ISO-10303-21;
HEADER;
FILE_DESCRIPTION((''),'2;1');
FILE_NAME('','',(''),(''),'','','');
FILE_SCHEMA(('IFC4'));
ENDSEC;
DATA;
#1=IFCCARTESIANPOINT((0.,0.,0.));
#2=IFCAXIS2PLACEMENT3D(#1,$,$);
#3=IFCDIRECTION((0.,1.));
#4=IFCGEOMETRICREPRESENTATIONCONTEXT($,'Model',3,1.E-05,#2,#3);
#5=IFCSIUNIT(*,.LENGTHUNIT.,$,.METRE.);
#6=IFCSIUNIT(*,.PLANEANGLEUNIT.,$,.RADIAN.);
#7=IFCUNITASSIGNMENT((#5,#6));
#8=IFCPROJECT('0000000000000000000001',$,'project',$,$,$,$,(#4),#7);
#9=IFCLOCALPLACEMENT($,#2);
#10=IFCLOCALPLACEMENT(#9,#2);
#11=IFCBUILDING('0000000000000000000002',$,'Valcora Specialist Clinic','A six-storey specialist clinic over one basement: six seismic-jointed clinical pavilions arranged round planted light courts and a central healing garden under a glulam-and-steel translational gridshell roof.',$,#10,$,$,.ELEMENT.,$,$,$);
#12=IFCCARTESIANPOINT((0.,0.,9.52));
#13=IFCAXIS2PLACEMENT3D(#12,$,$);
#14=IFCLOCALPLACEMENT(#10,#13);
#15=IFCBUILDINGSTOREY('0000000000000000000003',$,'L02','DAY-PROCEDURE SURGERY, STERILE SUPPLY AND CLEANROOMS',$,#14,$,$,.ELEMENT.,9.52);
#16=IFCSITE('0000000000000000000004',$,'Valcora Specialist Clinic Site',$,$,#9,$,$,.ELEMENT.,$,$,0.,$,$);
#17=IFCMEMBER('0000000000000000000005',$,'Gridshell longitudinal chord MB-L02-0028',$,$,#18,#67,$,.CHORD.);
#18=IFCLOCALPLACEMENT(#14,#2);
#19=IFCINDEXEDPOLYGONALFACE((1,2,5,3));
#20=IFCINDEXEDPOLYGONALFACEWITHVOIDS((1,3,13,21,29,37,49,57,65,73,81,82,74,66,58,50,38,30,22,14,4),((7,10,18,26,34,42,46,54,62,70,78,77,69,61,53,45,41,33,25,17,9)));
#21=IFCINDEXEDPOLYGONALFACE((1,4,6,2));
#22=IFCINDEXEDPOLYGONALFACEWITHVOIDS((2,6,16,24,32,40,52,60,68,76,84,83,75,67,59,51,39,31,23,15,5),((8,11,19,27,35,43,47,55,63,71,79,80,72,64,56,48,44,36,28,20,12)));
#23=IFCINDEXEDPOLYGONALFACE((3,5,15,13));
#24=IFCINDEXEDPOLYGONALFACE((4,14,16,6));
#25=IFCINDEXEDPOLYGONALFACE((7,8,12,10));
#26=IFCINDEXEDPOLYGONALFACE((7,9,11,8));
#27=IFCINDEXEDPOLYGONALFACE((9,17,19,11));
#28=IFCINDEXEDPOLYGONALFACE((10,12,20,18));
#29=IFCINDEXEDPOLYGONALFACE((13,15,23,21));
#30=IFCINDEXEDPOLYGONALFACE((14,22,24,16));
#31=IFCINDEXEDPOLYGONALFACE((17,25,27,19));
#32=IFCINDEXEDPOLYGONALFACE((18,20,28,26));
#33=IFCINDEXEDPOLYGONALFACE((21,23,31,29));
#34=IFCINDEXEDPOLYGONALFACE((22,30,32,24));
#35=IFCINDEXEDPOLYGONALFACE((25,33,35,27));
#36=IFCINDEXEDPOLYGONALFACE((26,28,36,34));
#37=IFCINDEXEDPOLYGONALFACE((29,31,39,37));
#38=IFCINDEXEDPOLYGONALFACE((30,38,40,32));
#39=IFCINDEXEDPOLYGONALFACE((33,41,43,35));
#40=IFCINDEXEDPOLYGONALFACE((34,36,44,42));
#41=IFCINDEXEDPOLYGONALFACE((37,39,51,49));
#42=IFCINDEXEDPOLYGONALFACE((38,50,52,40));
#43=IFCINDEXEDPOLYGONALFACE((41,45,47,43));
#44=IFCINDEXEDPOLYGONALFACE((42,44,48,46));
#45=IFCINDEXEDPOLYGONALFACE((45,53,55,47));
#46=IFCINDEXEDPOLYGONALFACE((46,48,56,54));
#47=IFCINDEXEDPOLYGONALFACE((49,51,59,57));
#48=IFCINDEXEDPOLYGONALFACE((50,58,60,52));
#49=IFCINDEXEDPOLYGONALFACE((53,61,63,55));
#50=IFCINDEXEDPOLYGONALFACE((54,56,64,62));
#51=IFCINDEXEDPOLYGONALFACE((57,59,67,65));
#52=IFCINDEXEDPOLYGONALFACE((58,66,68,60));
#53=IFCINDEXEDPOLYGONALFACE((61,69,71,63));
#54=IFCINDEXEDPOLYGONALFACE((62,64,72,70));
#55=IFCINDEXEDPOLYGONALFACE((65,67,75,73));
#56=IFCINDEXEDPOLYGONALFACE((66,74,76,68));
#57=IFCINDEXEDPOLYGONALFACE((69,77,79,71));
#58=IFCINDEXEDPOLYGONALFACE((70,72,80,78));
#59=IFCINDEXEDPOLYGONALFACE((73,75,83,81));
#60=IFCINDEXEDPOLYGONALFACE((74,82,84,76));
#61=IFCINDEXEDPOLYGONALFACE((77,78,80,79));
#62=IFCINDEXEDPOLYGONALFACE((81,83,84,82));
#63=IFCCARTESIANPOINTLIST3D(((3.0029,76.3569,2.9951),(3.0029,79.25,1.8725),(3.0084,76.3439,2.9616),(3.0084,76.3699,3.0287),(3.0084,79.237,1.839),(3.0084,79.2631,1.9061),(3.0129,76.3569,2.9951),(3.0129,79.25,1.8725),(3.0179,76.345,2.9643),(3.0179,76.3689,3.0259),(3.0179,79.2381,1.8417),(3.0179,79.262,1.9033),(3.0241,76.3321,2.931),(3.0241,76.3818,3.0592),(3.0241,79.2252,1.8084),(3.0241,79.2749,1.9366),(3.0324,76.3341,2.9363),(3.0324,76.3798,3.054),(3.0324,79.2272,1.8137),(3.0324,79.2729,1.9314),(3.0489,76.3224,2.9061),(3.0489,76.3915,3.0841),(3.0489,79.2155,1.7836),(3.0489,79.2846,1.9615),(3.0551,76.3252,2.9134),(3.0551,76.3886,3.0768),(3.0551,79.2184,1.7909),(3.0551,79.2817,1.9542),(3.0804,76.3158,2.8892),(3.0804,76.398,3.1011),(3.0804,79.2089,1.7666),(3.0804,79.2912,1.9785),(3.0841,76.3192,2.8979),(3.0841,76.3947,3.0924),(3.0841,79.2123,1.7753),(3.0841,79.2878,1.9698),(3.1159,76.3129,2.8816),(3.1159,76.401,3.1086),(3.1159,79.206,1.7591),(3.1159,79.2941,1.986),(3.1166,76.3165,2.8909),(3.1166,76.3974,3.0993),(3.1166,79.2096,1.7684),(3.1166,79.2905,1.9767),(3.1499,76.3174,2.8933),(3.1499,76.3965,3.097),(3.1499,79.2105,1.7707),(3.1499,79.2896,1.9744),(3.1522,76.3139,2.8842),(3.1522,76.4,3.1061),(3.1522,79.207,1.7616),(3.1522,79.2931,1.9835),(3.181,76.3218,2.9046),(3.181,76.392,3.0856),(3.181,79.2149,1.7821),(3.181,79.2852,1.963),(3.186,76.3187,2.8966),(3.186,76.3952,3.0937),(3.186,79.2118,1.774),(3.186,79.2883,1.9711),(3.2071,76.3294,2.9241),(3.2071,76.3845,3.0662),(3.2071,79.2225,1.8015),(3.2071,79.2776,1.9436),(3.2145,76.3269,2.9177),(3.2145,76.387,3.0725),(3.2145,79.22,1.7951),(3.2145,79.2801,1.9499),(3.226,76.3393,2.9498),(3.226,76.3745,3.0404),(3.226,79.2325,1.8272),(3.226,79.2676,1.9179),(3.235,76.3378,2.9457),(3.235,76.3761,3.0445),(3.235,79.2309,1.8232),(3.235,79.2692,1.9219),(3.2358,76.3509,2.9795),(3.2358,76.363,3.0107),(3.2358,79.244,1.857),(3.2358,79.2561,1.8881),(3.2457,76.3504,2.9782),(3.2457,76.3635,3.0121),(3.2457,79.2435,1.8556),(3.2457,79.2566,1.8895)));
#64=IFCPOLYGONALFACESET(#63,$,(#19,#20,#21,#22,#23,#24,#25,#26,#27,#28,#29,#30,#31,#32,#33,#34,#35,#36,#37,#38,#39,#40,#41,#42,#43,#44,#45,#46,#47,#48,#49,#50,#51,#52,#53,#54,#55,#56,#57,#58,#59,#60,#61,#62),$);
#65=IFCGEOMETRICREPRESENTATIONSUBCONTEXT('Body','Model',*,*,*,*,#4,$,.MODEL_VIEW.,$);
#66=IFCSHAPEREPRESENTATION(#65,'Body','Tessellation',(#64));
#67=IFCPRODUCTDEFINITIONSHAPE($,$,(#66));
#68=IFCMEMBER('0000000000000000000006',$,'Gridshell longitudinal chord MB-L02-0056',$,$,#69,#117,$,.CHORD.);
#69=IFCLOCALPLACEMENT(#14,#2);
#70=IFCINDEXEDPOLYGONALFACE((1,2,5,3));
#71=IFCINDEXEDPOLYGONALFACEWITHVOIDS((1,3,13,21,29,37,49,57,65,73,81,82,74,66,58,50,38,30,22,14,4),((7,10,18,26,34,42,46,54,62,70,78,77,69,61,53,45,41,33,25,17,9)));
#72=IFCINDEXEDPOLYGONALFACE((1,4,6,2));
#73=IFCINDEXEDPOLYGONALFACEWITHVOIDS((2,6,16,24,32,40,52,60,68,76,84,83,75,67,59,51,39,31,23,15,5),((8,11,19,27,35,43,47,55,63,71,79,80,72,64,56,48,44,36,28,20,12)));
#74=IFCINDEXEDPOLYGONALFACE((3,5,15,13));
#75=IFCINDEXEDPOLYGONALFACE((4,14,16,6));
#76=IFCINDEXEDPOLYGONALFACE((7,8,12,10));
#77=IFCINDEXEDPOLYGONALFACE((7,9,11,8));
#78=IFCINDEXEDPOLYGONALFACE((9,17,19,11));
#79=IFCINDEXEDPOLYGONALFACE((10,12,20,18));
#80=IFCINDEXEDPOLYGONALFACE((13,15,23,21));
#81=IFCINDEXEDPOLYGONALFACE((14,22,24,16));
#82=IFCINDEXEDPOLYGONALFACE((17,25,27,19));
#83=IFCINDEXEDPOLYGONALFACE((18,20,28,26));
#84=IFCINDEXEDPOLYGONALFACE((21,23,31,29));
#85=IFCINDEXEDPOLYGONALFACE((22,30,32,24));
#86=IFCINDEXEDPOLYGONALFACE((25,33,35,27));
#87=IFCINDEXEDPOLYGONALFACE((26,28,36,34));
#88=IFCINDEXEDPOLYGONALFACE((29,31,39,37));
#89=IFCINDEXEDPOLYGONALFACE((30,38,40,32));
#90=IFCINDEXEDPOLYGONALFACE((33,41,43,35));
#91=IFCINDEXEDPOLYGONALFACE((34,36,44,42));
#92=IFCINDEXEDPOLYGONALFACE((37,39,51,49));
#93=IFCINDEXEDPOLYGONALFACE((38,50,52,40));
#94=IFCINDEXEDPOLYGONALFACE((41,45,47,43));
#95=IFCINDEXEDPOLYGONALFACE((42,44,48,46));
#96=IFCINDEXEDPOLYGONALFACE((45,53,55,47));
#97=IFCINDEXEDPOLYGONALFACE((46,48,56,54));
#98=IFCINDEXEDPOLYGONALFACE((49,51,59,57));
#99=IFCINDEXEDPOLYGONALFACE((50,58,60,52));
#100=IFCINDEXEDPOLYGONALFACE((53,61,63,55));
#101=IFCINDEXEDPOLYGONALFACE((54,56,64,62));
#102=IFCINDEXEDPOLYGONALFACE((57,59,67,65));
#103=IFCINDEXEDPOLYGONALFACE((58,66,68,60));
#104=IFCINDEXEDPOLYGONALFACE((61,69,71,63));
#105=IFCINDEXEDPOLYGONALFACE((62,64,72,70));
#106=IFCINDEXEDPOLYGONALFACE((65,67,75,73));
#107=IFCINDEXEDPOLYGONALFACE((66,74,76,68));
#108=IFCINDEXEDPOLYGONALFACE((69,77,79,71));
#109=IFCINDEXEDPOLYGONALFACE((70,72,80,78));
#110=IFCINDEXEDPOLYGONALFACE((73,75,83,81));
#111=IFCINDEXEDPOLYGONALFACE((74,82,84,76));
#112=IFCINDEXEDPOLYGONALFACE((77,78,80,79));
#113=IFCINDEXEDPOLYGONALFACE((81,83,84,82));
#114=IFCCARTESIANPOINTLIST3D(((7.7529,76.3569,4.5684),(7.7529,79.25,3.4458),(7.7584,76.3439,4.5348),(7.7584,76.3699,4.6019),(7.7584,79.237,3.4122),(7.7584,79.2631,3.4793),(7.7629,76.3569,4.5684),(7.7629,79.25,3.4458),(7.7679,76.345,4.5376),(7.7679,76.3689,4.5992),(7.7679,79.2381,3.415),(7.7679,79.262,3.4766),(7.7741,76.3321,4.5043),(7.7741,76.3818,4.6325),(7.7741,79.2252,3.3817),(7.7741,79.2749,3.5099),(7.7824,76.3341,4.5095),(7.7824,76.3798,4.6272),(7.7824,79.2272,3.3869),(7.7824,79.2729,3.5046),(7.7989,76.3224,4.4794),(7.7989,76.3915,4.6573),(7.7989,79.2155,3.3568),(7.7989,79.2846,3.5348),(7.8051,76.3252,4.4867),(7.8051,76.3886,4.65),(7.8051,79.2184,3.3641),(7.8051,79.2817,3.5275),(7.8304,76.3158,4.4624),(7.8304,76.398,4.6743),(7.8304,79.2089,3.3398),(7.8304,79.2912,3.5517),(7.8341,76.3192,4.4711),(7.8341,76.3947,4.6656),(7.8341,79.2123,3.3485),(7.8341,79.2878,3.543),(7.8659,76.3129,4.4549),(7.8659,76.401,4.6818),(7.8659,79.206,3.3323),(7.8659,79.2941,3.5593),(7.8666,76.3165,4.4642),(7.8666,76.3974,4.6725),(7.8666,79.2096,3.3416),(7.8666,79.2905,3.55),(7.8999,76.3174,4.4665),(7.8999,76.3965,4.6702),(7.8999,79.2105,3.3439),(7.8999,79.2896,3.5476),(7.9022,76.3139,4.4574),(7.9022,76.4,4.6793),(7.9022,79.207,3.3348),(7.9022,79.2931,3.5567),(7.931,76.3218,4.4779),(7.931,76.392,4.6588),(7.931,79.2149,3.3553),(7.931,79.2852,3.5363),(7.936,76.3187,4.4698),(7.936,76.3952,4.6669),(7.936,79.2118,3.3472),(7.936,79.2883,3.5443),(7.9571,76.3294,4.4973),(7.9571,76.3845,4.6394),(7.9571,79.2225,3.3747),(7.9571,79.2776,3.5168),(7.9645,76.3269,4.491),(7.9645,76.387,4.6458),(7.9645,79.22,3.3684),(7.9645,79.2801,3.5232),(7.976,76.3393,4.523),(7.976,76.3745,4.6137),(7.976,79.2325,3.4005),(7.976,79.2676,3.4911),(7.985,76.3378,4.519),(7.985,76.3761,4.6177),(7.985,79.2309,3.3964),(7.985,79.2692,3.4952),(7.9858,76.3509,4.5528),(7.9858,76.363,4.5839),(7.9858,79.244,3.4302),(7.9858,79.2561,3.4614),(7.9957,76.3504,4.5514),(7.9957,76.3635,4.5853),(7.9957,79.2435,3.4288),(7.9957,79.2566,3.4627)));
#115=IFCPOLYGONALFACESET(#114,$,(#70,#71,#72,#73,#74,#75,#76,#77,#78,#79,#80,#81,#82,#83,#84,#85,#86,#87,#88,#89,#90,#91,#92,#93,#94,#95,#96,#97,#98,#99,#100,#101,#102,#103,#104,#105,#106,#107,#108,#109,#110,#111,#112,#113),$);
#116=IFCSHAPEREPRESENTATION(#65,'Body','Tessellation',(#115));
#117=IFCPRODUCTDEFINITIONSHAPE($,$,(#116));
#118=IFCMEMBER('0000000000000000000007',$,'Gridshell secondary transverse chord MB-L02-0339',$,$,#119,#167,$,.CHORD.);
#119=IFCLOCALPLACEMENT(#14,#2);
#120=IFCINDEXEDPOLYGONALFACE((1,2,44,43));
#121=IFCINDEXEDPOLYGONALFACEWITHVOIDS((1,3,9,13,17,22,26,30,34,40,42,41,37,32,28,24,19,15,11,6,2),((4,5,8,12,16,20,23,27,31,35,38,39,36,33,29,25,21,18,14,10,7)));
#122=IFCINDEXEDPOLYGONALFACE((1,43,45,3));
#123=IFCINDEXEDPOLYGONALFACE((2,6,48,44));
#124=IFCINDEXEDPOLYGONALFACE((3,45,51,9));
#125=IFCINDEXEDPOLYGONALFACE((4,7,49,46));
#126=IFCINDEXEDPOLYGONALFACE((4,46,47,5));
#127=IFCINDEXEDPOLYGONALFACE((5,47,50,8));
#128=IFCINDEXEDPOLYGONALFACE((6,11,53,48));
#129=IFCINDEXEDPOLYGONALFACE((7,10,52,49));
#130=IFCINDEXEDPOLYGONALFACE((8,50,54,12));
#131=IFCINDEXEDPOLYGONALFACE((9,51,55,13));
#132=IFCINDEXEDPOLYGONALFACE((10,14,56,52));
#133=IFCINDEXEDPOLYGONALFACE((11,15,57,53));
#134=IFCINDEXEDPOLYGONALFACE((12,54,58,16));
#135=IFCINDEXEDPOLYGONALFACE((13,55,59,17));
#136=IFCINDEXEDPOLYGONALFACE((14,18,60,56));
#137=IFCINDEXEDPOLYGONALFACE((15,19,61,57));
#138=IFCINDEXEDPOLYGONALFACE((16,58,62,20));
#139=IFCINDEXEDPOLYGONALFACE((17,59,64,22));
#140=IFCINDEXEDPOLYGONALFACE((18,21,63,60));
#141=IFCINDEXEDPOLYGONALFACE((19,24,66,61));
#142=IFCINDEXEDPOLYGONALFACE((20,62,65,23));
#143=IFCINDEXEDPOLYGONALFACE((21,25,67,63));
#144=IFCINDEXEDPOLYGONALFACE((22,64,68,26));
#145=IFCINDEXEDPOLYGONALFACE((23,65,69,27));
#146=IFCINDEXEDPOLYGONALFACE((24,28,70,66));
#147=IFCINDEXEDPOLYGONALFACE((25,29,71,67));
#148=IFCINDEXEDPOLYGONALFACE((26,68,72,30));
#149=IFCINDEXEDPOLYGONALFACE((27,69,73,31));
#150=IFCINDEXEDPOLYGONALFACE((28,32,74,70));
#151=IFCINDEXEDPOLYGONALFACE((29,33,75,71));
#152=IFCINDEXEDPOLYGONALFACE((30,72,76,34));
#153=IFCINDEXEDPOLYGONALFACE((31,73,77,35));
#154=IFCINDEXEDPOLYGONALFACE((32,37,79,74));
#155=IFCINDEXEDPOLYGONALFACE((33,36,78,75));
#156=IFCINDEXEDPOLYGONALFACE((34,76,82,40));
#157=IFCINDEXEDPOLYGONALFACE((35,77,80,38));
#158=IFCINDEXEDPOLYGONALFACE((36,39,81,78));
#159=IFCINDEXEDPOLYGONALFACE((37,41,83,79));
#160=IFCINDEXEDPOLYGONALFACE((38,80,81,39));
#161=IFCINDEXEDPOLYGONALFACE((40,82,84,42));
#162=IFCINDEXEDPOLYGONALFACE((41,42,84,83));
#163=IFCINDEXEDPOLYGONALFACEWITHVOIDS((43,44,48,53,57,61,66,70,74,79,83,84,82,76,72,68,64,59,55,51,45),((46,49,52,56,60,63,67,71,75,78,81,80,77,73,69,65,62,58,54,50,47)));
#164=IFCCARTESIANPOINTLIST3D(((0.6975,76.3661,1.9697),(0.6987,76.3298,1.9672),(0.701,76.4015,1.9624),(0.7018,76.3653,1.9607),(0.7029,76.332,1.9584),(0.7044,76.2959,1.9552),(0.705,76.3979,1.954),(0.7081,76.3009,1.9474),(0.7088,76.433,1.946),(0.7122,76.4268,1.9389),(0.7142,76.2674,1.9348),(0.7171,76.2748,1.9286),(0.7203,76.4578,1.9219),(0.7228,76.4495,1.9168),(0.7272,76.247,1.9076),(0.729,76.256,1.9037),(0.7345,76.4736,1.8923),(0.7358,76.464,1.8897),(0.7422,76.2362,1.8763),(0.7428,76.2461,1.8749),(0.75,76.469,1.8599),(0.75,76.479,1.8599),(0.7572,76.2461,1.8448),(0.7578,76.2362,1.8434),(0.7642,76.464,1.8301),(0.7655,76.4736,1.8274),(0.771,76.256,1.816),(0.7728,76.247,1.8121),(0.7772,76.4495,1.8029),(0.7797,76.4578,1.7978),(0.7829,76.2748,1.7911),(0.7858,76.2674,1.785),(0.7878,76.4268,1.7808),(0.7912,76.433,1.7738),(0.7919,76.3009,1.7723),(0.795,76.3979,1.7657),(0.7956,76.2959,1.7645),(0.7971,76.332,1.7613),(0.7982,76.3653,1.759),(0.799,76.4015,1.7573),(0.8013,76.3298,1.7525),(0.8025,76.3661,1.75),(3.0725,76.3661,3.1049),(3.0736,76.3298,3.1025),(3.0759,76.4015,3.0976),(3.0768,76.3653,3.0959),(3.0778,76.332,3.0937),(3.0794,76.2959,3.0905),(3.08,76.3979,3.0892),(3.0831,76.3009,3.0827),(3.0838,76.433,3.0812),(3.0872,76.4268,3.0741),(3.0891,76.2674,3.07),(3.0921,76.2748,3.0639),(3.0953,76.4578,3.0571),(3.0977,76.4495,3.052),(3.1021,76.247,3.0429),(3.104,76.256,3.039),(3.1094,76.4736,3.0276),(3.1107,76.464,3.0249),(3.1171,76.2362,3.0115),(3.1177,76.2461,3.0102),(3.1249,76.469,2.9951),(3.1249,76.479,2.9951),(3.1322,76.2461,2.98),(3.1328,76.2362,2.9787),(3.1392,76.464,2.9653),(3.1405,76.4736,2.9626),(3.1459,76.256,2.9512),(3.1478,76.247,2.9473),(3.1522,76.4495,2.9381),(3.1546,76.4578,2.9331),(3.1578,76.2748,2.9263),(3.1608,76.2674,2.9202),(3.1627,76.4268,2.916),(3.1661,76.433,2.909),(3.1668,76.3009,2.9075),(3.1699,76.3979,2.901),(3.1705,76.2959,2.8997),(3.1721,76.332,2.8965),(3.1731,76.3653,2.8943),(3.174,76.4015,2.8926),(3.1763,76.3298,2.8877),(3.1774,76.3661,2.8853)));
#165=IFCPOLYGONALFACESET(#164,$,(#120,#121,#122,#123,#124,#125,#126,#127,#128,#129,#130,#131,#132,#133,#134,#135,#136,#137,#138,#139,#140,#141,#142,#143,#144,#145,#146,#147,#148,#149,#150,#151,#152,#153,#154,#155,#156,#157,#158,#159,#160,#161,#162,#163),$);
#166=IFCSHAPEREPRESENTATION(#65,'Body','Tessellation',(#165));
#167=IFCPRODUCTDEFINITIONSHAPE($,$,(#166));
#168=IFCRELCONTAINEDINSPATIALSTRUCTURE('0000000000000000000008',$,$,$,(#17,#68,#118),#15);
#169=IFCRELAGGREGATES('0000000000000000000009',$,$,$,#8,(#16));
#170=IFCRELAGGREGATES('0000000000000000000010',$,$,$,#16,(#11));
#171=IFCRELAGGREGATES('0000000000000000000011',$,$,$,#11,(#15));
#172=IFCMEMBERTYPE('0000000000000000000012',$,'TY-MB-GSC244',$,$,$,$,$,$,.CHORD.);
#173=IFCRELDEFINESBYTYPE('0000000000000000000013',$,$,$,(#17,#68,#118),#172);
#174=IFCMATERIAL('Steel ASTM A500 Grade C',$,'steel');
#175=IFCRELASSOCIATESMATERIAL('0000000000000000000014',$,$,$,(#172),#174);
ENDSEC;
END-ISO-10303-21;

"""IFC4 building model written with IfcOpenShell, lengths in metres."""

from ifc_helpers import new_model, si_unit, direction, frame, origin, origin_2d, place, context, subcontext, project, spatial, hollow_circle, extrude, material, material_profile, profile_set, type_object, element, save


model = new_model("IFC4")

# Units and contexts
model_context = context("Model", 3, precision=1e-05, world=origin(), true_north=direction((0.0, 1.0)))
body_context = subcontext(model_context, "Body", "Model", "MODEL_VIEW")
ifc_project = project(units=[si_unit("LENGTHUNIT", "METRE"), si_unit("PLANEANGLEUNIT", "RADIAN")], contexts=[model_context])

# Site, building, storey
site_placement = place(None, origin())
site = spatial("IfcSite", under=ifc_project, at=site_placement, Name="Valcora Specialist Clinic Site", CompositionType="ELEMENT", RefElevation=0.0)
building_placement = place(site_placement, origin())
building = spatial("IfcBuilding", under=site, at=building_placement, Name="Valcora Specialist Clinic", Description="A six-storey specialist clinic over one basement: six seismic-jointed clinical pavilions arranged round planted light courts and a central healing garden under a glulam-and-steel translational gridshell roof.", CompositionType="ELEMENT")
storey_placement = place(building_placement, frame((0.0, 0.0, 9.52)))
storey = spatial("IfcBuildingStorey", under=building, at=storey_placement, Name="L02", Description="DAY-PROCEDURE SURGERY, STERILE SUPPLY AND CLEANROOMS", CompositionType="ELEMENT", Elevation=9.52)

# Members
ifc_material_1 = material(Name="Steel ASTM A500 Grade C", Category="steel")
ifc_material_profile_1 = material_profile(ifc_material_1, hollow_circle(Radius=0.1221, WallThickness=0.01, at=origin_2d()), Name="ST-CHS-244X10")
ifc_profile_set_1 = profile_set([ifc_material_profile_1], Name="Steel ASTM A500 Grade C")
member_type_1 = type_object("IfcMemberType", Name="TY-MB-GSC244", PredefinedType="CHORD", material=ifc_profile_set_1)
for number, where, z_axis, x_axis, name in (
    (1, (3.125, 76.3569, 2.9951), (0.0, 0.932279, -0.36174), (-1.0, 0.0, 0.0), "Gridshell longitudinal chord MB-L02-0028"),
    (2, (7.875, 76.3569, 4.5684), (0.0, 0.932279, -0.36174), (-1.0, 0.0, 0.0), "Gridshell longitudinal chord MB-L02-0056"),
):
    element("IfcMember", number, at=place(storey_placement, frame(where, z_axis=z_axis, x_axis=x_axis)), inside=storey, type_object=member_type_1, Name=name, PredefinedType="CHORD", context=body_context, shape_type="SweptSolid", body=[
        extrude(hollow_circle(Radius=0.1221, WallThickness=0.01, at=origin_2d()), origin(), (0.0, 0.0, 1.0), 3.1033),
    ])
member_1_placement = place(storey_placement, frame((0.75, 76.3569, 1.8599), z_axis=(0.902225, 0.0, 0.431265), x_axis=(0.0, 1.0, 0.0)))
element("IfcMember", 3, at=member_1_placement, inside=storey, type_object=member_type_1, Name="Gridshell secondary transverse chord MB-L02-0339", PredefinedType="CHORD", context=body_context, shape_type="SweptSolid", body=[
    extrude(hollow_circle(Radius=0.1221, WallThickness=0.01, at=origin_2d()), origin(), (0.0, 0.0, 1.0), 2.6323),
])

save(model, "model.ifc")
